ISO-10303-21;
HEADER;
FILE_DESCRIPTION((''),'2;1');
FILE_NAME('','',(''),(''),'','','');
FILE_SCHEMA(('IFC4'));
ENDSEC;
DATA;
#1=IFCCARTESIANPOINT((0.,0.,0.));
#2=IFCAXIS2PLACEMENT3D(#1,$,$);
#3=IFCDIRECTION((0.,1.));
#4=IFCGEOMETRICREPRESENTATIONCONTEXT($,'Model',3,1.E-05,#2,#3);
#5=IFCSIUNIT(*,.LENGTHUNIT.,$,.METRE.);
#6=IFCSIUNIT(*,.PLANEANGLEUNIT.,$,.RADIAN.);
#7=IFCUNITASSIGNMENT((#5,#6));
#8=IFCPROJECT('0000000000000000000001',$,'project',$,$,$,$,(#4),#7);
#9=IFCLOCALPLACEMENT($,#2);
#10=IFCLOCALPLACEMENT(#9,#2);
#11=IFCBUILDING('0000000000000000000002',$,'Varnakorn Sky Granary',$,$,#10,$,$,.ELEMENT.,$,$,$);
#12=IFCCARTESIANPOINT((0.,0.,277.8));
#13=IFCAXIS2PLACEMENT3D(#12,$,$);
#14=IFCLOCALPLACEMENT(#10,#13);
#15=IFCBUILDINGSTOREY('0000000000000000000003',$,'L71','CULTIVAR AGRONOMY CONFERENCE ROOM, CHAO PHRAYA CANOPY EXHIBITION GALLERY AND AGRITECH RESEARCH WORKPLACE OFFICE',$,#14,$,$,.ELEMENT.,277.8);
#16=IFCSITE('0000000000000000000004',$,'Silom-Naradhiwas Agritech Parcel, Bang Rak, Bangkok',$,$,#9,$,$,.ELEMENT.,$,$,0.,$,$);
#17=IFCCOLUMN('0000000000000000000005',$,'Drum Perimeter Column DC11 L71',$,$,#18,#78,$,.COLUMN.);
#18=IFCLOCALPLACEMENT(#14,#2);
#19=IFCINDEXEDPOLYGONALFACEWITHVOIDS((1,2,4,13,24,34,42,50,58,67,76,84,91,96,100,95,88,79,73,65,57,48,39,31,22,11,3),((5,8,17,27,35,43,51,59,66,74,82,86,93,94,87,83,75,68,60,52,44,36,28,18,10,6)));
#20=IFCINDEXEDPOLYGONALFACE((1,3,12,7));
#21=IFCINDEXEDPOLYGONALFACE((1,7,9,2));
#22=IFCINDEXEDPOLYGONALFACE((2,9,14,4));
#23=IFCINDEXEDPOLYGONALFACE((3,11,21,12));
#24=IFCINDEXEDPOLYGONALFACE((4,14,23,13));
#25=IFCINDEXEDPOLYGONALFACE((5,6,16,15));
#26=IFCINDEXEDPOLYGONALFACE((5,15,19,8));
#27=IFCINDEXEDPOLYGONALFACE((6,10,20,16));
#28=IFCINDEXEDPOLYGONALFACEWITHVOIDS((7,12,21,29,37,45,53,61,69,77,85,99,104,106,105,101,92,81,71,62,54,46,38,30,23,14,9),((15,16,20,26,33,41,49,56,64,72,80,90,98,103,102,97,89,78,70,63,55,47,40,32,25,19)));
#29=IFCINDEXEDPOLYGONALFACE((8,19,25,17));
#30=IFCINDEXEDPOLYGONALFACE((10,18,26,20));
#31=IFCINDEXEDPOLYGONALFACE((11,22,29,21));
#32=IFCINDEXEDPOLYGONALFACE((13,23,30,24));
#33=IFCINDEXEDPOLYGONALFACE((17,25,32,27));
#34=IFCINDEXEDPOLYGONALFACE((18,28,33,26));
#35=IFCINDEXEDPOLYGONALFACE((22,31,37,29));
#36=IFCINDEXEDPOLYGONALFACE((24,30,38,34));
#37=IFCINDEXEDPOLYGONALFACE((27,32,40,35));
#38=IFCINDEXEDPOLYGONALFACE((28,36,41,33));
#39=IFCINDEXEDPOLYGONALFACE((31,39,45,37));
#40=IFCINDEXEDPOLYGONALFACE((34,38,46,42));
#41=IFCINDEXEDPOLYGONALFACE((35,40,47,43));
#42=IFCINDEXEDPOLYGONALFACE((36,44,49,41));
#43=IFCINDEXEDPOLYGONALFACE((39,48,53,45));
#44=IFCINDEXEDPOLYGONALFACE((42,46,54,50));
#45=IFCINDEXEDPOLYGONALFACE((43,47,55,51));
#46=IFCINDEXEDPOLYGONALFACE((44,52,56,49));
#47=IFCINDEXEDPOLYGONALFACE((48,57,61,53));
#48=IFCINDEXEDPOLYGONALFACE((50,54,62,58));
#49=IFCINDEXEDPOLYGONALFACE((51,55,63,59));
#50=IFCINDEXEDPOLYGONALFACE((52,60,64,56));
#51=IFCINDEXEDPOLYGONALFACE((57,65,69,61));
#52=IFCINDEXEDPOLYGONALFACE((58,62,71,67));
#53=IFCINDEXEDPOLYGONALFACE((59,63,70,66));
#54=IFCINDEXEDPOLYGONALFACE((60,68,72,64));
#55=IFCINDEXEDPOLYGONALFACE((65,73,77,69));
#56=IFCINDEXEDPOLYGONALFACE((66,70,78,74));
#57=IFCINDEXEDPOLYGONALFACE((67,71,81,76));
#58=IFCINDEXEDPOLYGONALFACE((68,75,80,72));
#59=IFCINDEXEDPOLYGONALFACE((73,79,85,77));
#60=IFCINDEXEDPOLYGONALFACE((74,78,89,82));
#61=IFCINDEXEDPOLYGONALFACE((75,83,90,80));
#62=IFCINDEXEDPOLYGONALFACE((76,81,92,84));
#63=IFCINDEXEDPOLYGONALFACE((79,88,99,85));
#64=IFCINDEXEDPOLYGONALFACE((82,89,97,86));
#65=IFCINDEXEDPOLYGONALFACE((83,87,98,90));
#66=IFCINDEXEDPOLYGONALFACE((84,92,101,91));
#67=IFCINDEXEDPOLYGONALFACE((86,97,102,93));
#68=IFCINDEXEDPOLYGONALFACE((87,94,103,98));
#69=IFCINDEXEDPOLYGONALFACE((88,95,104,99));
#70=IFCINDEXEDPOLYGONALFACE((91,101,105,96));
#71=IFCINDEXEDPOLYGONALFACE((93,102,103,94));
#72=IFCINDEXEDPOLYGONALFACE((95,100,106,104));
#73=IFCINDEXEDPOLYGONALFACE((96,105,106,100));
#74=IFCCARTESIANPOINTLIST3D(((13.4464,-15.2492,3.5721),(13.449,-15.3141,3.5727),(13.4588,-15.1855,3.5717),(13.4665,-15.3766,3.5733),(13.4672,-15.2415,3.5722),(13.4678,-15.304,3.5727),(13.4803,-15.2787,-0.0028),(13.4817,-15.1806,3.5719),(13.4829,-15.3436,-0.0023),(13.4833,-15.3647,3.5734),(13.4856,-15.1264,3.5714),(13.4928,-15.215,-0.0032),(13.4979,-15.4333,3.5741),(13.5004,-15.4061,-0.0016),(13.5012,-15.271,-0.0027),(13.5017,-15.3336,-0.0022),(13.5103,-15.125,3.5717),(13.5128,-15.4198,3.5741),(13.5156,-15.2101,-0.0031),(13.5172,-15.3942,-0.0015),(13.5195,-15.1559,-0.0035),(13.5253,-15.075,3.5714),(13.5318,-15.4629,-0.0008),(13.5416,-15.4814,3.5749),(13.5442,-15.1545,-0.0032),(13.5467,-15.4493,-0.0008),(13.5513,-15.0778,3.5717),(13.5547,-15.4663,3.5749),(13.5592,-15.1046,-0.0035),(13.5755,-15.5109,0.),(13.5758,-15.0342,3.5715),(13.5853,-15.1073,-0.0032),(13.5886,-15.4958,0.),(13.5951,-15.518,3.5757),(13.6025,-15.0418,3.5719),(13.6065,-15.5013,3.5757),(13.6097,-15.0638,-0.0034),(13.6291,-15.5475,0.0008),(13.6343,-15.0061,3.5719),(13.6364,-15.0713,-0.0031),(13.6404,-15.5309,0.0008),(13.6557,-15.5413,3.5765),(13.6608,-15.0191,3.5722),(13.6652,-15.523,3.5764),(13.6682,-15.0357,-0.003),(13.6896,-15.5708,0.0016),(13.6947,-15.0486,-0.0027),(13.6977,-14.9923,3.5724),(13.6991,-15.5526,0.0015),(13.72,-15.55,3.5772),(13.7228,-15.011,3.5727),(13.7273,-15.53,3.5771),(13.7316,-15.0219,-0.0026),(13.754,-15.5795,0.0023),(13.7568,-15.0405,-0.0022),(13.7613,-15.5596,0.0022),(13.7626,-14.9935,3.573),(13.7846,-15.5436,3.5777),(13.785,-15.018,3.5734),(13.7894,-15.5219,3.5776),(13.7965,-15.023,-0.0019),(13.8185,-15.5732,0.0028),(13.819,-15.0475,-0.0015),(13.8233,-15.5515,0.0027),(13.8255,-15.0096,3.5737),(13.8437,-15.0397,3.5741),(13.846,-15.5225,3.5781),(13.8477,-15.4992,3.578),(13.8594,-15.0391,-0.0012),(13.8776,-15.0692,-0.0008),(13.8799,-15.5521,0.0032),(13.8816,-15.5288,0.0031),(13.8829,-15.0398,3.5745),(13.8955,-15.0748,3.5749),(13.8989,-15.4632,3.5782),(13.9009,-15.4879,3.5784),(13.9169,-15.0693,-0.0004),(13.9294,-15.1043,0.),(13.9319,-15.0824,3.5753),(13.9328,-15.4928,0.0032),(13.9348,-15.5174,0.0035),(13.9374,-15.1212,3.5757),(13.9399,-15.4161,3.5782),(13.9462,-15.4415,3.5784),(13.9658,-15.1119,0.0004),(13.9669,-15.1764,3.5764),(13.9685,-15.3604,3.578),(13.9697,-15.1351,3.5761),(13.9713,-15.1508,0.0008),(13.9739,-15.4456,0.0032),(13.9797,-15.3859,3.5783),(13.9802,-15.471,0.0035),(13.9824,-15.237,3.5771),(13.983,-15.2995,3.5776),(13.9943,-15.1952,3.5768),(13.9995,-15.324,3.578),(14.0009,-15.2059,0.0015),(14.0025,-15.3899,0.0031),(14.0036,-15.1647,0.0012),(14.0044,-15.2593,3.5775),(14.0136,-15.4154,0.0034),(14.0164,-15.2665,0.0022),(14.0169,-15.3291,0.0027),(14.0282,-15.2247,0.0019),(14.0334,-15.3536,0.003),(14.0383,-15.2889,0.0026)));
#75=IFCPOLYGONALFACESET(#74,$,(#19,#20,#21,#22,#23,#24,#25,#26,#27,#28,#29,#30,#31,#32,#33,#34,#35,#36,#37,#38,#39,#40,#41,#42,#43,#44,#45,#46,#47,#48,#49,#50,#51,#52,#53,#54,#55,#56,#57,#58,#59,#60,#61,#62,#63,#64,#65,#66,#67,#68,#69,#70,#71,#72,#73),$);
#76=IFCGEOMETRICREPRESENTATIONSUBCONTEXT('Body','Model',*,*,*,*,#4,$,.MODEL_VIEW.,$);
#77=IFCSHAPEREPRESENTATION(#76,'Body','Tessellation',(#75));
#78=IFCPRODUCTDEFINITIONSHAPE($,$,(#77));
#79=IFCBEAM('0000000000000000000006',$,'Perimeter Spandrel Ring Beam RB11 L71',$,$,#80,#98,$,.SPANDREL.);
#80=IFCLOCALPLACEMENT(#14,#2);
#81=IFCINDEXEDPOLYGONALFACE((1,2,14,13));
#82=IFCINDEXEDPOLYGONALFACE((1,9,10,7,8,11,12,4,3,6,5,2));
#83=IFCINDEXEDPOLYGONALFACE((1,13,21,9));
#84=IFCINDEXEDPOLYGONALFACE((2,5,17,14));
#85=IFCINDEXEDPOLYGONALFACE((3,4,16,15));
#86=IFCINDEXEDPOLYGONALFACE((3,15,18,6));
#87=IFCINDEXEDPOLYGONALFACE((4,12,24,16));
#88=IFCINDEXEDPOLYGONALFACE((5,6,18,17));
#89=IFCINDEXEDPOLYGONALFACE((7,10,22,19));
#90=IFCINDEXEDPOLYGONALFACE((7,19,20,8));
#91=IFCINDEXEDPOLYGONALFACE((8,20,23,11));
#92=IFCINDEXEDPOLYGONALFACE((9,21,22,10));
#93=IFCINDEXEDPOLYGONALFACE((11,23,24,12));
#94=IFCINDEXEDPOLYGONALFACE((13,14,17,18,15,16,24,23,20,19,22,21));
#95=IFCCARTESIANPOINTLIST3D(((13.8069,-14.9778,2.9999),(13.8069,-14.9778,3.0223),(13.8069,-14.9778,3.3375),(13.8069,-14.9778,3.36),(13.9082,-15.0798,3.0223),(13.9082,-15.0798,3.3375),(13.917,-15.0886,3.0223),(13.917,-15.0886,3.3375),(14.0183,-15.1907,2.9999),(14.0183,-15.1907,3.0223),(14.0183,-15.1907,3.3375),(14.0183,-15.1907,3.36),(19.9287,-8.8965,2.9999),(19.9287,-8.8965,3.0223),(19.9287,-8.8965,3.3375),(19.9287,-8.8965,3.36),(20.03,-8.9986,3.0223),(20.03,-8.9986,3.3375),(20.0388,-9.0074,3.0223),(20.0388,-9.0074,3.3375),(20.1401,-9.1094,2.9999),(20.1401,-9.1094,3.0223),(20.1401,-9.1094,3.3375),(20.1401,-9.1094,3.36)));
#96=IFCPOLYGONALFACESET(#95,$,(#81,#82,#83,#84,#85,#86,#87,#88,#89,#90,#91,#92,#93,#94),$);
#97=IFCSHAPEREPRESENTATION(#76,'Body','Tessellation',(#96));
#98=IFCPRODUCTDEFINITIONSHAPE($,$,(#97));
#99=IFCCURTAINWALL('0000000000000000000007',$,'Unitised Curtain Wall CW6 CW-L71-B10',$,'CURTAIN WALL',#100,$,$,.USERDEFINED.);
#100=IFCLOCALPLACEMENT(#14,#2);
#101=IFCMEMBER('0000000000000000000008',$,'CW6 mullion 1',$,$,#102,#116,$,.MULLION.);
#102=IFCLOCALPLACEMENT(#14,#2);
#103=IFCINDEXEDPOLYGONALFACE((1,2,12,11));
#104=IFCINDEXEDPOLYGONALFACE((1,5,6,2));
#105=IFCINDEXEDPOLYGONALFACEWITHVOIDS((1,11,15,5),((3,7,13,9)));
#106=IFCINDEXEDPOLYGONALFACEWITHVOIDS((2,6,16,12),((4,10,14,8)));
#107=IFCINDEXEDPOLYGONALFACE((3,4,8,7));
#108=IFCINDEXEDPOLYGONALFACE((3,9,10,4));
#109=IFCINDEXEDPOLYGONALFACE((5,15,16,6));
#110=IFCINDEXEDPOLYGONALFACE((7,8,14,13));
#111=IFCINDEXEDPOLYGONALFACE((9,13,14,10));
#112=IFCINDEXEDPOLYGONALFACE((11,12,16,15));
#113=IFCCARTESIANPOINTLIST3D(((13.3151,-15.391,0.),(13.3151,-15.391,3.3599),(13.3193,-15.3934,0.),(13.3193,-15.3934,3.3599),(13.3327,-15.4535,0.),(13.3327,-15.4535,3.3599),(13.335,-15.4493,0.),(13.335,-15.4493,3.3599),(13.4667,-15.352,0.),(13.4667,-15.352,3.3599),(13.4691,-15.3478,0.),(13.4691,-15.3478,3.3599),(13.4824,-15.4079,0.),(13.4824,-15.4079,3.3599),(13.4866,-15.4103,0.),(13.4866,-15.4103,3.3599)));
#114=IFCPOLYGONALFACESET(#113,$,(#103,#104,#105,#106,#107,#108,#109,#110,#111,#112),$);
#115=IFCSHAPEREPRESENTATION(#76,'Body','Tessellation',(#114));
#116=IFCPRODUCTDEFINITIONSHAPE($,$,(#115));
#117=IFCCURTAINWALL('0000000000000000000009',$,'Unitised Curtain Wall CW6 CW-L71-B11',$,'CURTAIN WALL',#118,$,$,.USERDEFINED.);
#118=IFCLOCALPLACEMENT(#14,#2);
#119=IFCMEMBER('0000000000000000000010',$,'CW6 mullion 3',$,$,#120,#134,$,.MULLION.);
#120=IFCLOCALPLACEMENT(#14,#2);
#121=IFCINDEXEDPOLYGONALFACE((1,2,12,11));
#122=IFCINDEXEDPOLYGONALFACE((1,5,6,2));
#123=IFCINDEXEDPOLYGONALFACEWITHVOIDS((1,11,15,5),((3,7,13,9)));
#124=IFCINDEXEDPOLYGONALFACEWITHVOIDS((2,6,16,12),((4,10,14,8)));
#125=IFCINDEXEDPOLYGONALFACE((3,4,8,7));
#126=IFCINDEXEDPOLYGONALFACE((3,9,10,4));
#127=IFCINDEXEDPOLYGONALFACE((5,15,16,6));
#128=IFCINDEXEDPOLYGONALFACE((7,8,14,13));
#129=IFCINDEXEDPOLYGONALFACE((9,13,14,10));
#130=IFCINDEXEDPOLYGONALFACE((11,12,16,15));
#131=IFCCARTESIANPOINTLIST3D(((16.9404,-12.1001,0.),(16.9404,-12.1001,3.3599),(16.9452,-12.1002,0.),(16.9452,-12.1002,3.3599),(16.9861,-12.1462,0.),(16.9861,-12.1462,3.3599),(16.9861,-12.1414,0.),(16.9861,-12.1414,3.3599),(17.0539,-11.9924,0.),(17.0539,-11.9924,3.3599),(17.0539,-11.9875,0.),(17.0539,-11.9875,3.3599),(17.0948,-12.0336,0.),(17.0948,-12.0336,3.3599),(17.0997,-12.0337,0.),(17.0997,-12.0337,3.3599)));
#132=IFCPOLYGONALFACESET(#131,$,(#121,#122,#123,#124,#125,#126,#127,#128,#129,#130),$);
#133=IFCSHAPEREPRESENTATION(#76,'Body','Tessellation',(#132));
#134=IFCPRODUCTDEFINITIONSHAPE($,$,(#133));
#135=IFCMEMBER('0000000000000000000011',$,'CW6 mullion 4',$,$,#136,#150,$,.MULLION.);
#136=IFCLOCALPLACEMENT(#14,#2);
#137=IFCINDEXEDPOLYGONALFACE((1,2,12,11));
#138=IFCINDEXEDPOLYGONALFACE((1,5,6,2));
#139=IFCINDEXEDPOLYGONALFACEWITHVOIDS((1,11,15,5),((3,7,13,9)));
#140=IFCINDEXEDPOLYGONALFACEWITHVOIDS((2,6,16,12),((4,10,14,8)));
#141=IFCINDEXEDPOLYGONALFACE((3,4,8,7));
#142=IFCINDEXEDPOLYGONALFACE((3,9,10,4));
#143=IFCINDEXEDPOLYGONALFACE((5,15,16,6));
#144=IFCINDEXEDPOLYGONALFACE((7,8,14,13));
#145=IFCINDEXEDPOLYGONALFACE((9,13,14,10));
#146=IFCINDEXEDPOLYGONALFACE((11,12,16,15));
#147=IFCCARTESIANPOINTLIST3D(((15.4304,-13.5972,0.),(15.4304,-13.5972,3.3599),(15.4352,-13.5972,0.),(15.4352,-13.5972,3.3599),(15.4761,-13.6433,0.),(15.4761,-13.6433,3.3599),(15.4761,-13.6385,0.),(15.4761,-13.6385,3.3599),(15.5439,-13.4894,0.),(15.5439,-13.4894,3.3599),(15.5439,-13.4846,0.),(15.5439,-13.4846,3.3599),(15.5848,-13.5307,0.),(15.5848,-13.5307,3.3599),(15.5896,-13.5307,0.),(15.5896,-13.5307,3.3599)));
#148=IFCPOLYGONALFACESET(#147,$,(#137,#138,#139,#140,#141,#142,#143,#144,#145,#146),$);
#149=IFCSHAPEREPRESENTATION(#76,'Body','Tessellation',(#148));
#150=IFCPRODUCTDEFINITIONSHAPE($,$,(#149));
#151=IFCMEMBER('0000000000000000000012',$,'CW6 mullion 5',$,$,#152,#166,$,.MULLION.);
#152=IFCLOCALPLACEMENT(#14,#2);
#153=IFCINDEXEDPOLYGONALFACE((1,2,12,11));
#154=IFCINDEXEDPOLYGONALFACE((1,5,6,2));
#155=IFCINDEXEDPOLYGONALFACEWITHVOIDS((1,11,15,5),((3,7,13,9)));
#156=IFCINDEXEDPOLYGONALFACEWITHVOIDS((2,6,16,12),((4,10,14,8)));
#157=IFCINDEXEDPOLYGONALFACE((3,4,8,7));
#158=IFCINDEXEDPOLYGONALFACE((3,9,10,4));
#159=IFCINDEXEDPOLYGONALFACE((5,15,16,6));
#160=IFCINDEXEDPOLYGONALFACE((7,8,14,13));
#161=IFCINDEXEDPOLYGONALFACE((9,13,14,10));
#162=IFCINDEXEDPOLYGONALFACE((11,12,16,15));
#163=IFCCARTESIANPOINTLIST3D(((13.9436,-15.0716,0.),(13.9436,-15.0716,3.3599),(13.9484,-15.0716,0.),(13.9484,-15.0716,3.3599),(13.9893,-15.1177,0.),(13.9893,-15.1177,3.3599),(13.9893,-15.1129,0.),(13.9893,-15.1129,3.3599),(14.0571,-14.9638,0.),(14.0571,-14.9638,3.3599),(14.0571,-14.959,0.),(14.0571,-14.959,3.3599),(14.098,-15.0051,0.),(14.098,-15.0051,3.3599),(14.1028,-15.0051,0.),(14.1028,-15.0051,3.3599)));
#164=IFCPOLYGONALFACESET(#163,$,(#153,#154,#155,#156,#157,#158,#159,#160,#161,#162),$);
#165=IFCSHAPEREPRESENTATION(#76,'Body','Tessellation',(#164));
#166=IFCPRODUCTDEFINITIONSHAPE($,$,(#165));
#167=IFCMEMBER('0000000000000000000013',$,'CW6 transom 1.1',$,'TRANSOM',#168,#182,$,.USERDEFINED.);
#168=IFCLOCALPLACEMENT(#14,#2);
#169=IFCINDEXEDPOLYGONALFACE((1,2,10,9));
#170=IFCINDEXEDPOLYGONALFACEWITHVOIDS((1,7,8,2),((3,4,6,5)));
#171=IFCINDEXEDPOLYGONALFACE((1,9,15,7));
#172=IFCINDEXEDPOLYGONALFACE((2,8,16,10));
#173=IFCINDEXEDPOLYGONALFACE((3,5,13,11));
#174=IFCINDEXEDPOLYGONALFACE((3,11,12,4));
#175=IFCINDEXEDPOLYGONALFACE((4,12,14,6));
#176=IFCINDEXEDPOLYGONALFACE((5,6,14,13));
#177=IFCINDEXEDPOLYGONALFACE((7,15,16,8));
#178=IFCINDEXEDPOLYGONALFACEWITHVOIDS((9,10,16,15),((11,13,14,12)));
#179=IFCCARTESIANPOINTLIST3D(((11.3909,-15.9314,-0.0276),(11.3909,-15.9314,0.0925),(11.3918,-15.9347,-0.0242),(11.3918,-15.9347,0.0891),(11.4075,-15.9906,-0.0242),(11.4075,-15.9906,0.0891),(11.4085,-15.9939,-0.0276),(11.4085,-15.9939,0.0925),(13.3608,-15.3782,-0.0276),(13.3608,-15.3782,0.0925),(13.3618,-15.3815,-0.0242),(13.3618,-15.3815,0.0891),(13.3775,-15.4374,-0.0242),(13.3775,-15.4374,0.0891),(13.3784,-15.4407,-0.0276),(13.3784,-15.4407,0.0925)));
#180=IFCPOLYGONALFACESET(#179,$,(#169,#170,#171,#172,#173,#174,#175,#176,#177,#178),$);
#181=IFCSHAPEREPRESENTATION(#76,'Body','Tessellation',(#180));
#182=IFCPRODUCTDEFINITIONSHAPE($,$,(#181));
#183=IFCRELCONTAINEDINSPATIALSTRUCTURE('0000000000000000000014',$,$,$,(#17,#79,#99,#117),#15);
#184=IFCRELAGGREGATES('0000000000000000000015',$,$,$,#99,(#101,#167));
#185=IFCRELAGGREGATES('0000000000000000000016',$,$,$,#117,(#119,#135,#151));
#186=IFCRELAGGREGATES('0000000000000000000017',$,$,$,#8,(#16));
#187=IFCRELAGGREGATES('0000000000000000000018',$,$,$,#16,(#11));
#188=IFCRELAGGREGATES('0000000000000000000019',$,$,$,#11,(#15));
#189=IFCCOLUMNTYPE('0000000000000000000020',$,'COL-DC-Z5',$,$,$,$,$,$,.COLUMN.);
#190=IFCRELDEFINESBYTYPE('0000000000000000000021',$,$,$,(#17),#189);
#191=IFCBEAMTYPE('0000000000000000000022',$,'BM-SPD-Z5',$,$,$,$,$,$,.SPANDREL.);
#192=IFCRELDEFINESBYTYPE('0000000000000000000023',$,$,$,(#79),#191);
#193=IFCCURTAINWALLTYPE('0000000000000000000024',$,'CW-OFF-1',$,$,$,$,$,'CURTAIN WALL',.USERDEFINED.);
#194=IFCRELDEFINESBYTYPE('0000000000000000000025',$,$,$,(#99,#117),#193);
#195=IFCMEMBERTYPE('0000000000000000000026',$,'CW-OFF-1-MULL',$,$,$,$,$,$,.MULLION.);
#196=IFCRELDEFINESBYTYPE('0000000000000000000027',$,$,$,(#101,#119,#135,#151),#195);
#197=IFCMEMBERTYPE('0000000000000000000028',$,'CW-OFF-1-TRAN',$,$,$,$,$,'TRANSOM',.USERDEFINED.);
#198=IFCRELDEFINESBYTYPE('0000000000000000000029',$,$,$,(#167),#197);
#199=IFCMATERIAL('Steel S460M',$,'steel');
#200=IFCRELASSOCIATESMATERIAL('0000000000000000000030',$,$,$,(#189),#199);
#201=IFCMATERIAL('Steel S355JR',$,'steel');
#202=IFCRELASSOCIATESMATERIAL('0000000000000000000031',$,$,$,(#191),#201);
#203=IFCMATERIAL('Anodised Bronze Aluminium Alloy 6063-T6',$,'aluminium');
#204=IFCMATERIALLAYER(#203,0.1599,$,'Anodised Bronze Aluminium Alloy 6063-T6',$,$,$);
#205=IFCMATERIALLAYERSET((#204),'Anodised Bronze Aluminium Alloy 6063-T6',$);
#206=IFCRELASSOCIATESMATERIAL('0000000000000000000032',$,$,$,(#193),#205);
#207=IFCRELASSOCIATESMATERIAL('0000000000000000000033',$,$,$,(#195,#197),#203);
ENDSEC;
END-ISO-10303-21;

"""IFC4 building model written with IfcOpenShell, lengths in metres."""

from ifc_helpers import new_model, si_unit, direction, frame, origin, origin_2d, place, context, subcontext, project, spatial, hollow_rectangle, hollow_circle, i_section, extrude, material, layer, layer_set, material_profile, profile_set, type_object, element, aggregate, save


model = new_model("IFC4")

# Units and contexts
model_context = context("Model", 3, precision=1e-05, world=origin(), true_north=direction((0.0, 1.0)))
body_context = subcontext(model_context, "Body", "Model", "MODEL_VIEW")
ifc_project = project(units=[si_unit("LENGTHUNIT", "METRE"), si_unit("PLANEANGLEUNIT", "RADIAN")], contexts=[model_context])

# Site, building, storey
site_placement = place(None, origin())
site = spatial("IfcSite", under=ifc_project, at=site_placement, Name="Silom-Naradhiwas Agritech Parcel, Bang Rak, Bangkok", CompositionType="ELEMENT", RefElevation=0.0)
building_placement = place(site_placement, origin())
building = spatial("IfcBuilding", under=site, at=building_placement, Name="Varnakorn Sky Granary", CompositionType="ELEMENT")
storey_placement = place(building_placement, frame((0.0, 0.0, 277.8)))
storey = spatial("IfcBuildingStorey", under=building, at=storey_placement, Name="L71", Description="CULTIVAR AGRONOMY CONFERENCE ROOM, CHAO PHRAYA CANOPY EXHIBITION GALLERY AND AGRITECH RESEARCH WORKPLACE OFFICE", CompositionType="ELEMENT", Elevation=277.8)

# Column
ifc_material_1 = material(Name="Steel S460M", Category="steel")
ifc_material_profile_1 = material_profile(ifc_material_1, hollow_circle(Radius=0.2795, WallThickness=0.02, at=origin_2d()), Name="CHS 559x20")
ifc_profile_set_1 = profile_set([ifc_material_profile_1], Name="Steel S460M")
column_type = type_object("IfcColumnType", Name="COL-DC-Z5", PredefinedType="COLUMN", material=ifc_profile_set_1)
column_placement = place(storey_placement, frame((13.759, -15.3, 0.0), z_axis=(-0.009492, 0.008263, 0.999921), x_axis=(-0.656582, -0.754255, 0.0)))
element("IfcColumn", 1, at=column_placement, inside=storey, type_object=column_type, Name="Drum Perimeter Column DC11 L71", PredefinedType="COLUMN", context=body_context, shape_type="SweptSolid", body=[
    extrude(hollow_circle(Radius=0.2795, WallThickness=0.02, at=origin_2d()), origin(), (0.0, 0.0, 1.0), 3.5752),
])

# Beam
ifc_material_2 = material(Name="Steel S355JR", Category="steel")
ifc_material_profile_2 = material_profile(ifc_material_2, i_section(OverallWidth=0.3, OverallDepth=0.3601, WebThickness=0.0125, FlangeThickness=0.0225, at=origin_2d()), Name="HE 360 B")
ifc_profile_set_2 = profile_set([ifc_material_profile_2], Name="Steel S355JR")
beam_type = type_object("IfcBeamType", Name="BM-SPD-Z5", PredefinedType="SPANDREL", material=ifc_profile_set_2)
beam_placement = place(storey_placement, frame((13.9126, -15.0842, 3.1799), z_axis=(0.709451, 0.704755, 0.0), x_axis=(-0.704755, 0.709451, 0.0)))
element("IfcBeam", 2, at=beam_placement, inside=storey, type_object=beam_type, Name="Perimeter Spandrel Ring Beam RB11 L71", PredefinedType="SPANDREL", context=body_context, shape_type="SweptSolid", body=[
    extrude(i_section(OverallWidth=0.3, OverallDepth=0.3601, WebThickness=0.0125, FlangeThickness=0.0225, at=origin_2d()), origin(), (0.0, 0.0, 1.0), 8.6289),
])

# Curtain wall, member
ifc_material_3 = material(Name="Anodised Bronze Aluminium Alloy 6063-T6", Category="aluminium")
ifc_layer_1 = layer(ifc_material_3, 0.1599, Name="Anodised Bronze Aluminium Alloy 6063-T6")
ifc_layer_set_1 = layer_set([ifc_layer_1], Name="Anodised Bronze Aluminium Alloy 6063-T6")
curtain_wall_type = type_object("IfcCurtainWallType", Name="CW-OFF-1", ElementType="CURTAIN WALL", PredefinedType="USERDEFINED", material=ifc_layer_set_1)
curtain_wall_1_placement = place(storey_placement, origin())
curtain_wall_1 = element("IfcCurtainWall", 3, at=curtain_wall_1_placement, inside=storey, type_object=curtain_wall_type, Name="Unitised Curtain Wall CW6 CW-L71-B10", ObjectType="CURTAIN WALL", PredefinedType="USERDEFINED")
ifc_material_profile_3 = material_profile(ifc_material_3, hollow_rectangle(XDim=0.0649, YDim=0.1599, WallThickness=0.0034, at=origin_2d()), Name="ALU MULL 65x160")
ifc_profile_set_3 = profile_set([ifc_material_profile_3], Name="Anodised Bronze Aluminium Alloy 6063-T6")
member_type_1 = type_object("IfcMemberType", Name="CW-OFF-1-MULL", PredefinedType="MULLION", material=ifc_profile_set_3)
member_1_placement = place(storey_placement, frame((13.4009, -15.4006, 0.0), z_axis=(0.0, 0.0, 1.0), x_axis=(0.27037, -0.962756, 0.0)))
member_1 = element("IfcMember", 4, at=member_1_placement, type_object=member_type_1, Name="CW6 mullion 1", PredefinedType="MULLION", context=body_context, shape_type="SweptSolid", body=[
    extrude(hollow_rectangle(XDim=0.0649, YDim=0.1599, WallThickness=0.0034, at=origin_2d()), origin(), (0.0, 0.0, 1.0), 3.3599),
])

# Curtain wall, members
curtain_wall_2_placement = place(storey_placement, origin())
curtain_wall_2 = element("IfcCurtainWall", 5, at=curtain_wall_2_placement, inside=storey, type_object=curtain_wall_type, Name="Unitised Curtain Wall CW6 CW-L71-B11", ObjectType="CURTAIN WALL", PredefinedType="USERDEFINED")
member_2_placement = place(storey_placement, frame((17.02, -12.0669, 0.0), z_axis=(0.0, 0.0, 1.0), x_axis=(0.704102, -0.710099, 0.0)))
member_2 = element("IfcMember", 6, at=member_2_placement, type_object=member_type_1, Name="CW6 mullion 3", PredefinedType="MULLION", context=body_context, shape_type="SweptSolid", body=[
    extrude(hollow_rectangle(XDim=0.0649, YDim=0.1599, WallThickness=0.0034, at=origin_2d()), origin(), (0.0, 0.0, 1.0), 3.3599),
])
member_3_placement = place(storey_placement, frame((15.51, -13.564, 0.0), z_axis=(0.0, 0.0, 1.0), x_axis=(0.704102, -0.710099, 0.0)))
member_3 = element("IfcMember", 7, at=member_3_placement, type_object=member_type_1, Name="CW6 mullion 4", PredefinedType="MULLION", context=body_context, shape_type="SweptSolid", body=[
    extrude(hollow_rectangle(XDim=0.0649, YDim=0.1599, WallThickness=0.0034, at=origin_2d()), origin(), (0.0, 0.0, 1.0), 3.3599),
])
member_4_placement = place(storey_placement, frame((14.0232, -15.0383, 0.0), z_axis=(0.0, 0.0, 1.0), x_axis=(0.704102, -0.710099, 0.0)))
member_4 = element("IfcMember", 8, at=member_4_placement, type_object=member_type_1, Name="CW6 mullion 5", PredefinedType="MULLION", context=body_context, shape_type="SweptSolid", body=[
    extrude(hollow_rectangle(XDim=0.0649, YDim=0.1599, WallThickness=0.0034, at=origin_2d()), origin(), (0.0, 0.0, 1.0), 3.3599),
])

# Member
ifc_material_profile_4 = material_profile(ifc_material_3, hollow_rectangle(XDim=0.0649, YDim=0.1201, WallThickness=0.0034, at=origin_2d()), Name="ALU TRAN 65x120")
ifc_profile_set_4 = profile_set([ifc_material_profile_4], Name="Anodised Bronze Aluminium Alloy 6063-T6")
member_type_2 = type_object("IfcMemberType", Name="CW-OFF-1-TRAN", ElementType="TRANSOM", PredefinedType="USERDEFINED", material=ifc_profile_set_4)
member_5_placement = place(storey_placement, frame((13.3696, -15.4094, 0.0325), z_axis=(-0.962757, -0.270369, 0.0), x_axis=(0.270369, -0.962757, 0.0)))
member_5 = element("IfcMember", 9, at=member_5_placement, type_object=member_type_2, Name="CW6 transom 1.1", ObjectType="TRANSOM", PredefinedType="USERDEFINED", context=body_context, shape_type="SweptSolid", body=[
    extrude(hollow_rectangle(XDim=0.0649, YDim=0.1201, WallThickness=0.0034, at=origin_2d()), origin(), (0.0, 0.0, 1.0), 2.0461),
])
aggregate(curtain_wall_1, [member_1, member_5])

aggregate(curtain_wall_2, [member_2, member_3, member_4])

save(model, "model.ifc")
